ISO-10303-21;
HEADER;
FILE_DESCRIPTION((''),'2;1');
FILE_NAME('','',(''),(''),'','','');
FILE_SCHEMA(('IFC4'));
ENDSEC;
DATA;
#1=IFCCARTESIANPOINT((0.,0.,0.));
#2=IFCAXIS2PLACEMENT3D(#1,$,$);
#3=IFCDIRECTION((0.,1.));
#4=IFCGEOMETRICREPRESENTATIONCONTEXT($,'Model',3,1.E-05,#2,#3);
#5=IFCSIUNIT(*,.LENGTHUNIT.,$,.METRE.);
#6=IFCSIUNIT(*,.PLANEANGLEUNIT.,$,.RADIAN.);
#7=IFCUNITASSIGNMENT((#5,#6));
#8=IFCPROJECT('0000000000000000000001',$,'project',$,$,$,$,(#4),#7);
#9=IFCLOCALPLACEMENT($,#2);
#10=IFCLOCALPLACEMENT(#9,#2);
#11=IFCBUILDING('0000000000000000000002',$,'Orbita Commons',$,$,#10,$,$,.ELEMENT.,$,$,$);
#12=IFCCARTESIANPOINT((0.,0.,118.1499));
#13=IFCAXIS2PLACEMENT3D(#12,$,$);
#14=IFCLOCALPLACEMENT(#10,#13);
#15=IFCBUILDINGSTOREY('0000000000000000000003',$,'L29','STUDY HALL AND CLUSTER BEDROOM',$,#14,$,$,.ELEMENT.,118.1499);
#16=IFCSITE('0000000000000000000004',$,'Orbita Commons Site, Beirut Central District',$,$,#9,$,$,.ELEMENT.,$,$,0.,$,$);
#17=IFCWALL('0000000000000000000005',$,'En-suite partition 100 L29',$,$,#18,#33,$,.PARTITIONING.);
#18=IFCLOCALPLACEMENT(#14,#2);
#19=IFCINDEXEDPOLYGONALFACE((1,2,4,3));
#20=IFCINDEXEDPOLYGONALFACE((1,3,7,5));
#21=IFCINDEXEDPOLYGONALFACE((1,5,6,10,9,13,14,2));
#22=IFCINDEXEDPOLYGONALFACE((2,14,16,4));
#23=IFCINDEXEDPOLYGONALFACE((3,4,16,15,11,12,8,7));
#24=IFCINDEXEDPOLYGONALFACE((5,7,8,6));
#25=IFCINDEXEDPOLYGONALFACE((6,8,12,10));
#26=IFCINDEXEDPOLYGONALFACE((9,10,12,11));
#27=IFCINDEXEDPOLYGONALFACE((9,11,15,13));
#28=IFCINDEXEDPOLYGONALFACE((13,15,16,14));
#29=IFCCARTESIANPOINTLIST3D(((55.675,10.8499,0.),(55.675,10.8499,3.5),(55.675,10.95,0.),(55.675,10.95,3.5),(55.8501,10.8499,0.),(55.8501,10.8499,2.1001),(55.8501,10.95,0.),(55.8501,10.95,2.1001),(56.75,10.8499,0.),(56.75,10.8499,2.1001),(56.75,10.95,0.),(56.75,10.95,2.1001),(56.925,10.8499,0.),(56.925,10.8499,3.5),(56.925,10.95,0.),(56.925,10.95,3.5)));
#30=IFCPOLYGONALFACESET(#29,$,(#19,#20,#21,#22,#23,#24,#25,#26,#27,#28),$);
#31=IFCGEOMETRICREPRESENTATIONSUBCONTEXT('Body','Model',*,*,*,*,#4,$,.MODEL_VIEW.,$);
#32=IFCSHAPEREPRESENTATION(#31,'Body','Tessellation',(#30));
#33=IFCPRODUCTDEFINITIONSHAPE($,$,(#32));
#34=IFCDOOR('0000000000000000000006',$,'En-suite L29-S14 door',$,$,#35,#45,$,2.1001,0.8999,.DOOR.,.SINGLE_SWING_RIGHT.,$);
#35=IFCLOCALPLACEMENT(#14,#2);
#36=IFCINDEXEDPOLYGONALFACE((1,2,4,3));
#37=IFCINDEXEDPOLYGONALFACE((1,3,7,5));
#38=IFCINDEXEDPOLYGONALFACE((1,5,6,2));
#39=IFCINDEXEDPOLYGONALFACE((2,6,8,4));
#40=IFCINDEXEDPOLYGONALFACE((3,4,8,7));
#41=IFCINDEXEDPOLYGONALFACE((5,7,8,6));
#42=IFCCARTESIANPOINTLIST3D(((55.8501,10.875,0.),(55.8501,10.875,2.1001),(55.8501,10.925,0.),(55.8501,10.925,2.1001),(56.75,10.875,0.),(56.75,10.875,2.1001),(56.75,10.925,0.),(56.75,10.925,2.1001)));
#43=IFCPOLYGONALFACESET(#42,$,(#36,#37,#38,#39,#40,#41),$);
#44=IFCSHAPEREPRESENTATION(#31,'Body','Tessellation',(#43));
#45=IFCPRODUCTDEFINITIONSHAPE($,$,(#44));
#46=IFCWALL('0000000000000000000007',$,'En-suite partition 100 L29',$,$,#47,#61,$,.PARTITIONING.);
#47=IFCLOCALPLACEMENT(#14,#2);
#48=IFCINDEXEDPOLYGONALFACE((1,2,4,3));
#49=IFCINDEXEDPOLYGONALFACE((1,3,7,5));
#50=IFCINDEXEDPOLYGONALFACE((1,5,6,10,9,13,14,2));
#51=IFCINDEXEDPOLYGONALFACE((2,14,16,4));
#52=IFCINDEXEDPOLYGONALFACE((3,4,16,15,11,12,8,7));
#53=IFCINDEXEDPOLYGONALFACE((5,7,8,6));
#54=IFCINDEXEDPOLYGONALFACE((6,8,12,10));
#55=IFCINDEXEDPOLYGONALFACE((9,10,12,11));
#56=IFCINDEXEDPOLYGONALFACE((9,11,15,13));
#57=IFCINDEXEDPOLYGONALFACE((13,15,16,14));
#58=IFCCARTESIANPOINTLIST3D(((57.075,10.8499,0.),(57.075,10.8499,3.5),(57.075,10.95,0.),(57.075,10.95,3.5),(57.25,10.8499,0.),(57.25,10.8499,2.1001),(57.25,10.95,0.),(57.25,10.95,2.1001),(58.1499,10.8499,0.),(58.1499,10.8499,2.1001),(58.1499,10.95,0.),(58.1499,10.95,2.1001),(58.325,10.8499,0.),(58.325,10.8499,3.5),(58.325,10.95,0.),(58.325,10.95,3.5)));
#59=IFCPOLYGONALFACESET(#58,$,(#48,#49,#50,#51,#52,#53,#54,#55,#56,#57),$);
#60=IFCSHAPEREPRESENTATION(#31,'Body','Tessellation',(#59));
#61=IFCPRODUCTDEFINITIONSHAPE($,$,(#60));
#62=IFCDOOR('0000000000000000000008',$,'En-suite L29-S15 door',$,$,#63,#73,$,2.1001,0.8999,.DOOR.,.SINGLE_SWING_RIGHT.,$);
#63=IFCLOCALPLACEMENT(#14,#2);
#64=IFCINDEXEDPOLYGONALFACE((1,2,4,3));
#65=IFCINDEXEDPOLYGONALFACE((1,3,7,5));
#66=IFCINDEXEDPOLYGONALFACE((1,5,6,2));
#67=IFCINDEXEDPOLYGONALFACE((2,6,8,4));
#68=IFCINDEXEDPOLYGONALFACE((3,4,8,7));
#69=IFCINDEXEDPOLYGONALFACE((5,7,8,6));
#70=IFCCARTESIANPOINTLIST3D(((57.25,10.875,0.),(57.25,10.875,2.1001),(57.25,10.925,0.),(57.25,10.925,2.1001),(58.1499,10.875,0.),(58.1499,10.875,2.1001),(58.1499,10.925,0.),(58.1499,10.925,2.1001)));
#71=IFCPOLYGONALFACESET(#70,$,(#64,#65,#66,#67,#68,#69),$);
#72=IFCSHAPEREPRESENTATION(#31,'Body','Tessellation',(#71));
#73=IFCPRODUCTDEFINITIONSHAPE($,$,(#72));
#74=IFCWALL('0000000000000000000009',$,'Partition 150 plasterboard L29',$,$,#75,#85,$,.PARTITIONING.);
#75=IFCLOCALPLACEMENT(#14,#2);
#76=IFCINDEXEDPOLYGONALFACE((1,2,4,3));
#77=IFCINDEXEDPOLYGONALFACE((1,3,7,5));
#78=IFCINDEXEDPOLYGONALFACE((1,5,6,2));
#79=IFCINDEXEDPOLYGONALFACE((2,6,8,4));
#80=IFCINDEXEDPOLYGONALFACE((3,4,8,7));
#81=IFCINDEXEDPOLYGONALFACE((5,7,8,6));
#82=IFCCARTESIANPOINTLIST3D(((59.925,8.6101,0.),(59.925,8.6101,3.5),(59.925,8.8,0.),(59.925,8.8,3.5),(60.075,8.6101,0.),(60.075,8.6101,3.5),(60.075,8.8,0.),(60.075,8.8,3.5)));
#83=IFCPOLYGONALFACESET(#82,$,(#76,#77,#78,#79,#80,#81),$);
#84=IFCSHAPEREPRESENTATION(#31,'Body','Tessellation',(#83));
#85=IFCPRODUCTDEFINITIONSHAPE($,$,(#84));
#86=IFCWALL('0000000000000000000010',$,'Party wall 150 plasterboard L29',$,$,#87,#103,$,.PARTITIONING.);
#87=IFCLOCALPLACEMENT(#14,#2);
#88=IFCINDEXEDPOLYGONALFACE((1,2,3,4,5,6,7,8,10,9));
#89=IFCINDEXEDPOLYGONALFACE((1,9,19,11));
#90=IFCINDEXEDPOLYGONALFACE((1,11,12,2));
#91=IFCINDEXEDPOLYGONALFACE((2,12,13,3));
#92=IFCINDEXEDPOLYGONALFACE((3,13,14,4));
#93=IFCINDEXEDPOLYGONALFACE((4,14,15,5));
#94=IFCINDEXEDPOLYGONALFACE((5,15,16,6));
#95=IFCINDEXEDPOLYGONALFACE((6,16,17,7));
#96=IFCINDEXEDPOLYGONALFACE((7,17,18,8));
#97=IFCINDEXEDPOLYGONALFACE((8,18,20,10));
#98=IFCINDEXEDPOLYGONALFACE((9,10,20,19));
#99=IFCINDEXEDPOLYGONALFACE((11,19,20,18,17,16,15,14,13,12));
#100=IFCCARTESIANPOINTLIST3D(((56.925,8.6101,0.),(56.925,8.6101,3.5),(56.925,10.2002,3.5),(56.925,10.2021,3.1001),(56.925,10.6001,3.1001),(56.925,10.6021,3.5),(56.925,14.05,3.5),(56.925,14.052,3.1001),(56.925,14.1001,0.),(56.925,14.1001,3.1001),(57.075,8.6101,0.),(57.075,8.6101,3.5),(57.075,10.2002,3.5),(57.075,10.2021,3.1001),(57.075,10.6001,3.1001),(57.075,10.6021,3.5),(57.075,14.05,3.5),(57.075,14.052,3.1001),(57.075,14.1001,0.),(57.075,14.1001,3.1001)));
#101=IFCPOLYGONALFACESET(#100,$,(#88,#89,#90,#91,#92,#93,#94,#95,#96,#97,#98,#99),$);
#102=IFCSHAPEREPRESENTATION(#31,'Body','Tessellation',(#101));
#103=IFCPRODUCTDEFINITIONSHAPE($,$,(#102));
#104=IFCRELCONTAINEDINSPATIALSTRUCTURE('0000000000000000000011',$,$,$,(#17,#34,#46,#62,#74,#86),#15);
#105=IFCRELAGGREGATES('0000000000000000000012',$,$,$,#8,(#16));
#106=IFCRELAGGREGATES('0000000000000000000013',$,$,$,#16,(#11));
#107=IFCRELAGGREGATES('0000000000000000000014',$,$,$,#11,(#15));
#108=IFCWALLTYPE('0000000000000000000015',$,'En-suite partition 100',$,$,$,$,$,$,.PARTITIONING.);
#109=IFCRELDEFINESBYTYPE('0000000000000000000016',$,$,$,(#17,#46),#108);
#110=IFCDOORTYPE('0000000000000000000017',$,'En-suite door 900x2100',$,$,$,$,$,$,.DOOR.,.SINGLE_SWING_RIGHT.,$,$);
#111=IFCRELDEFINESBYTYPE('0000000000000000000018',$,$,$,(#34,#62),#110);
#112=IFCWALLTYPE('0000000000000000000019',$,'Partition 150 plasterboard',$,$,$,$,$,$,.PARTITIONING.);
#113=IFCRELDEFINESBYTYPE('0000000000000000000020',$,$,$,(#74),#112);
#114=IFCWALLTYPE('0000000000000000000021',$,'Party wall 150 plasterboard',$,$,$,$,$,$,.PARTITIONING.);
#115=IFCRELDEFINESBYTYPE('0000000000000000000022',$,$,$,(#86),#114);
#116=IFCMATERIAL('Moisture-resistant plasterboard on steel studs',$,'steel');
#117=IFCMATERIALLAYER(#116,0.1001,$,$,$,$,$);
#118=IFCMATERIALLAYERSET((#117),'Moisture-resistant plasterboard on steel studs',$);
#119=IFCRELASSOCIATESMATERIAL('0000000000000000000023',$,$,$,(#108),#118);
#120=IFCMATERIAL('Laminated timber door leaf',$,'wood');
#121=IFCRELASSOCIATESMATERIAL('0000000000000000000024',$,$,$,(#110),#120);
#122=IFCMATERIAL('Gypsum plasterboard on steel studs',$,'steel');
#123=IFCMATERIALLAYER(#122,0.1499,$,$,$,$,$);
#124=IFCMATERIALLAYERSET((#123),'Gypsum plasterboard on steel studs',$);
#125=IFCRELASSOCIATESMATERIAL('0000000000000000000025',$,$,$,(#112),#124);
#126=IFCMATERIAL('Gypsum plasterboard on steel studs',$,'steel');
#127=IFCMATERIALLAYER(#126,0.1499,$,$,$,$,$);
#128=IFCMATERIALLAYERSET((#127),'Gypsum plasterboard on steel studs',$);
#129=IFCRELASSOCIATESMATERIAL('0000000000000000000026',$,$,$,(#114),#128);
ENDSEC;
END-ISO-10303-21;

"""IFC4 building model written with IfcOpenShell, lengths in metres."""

from ifc_helpers import new_model, si_unit, direction, frame, frame_2d, origin, place, context, subcontext, project, spatial, polyline, rectangle, outline, extrude, material, layer, layer_set, type_object, element, fill, save


model = new_model("IFC4")

# Units and contexts
model_context = context("Model", 3, precision=1e-05, world=origin(), true_north=direction((0.0, 1.0)))
body_context = subcontext(model_context, "Body", "Model", "MODEL_VIEW")
ifc_project = project(units=[si_unit("LENGTHUNIT", "METRE"), si_unit("PLANEANGLEUNIT", "RADIAN")], contexts=[model_context])

# Site, building, storey
site_placement = place(None, origin())
site = spatial("IfcSite", under=ifc_project, at=site_placement, Name="Orbita Commons Site, Beirut Central District", CompositionType="ELEMENT", RefElevation=0.0)
building_placement = place(site_placement, origin())
building = spatial("IfcBuilding", under=site, at=building_placement, Name="Orbita Commons", CompositionType="ELEMENT")
storey_placement = place(building_placement, frame((0.0, 0.0, 118.1499)))
storey = spatial("IfcBuildingStorey", under=building, at=storey_placement, Name="L29", Description="STUDY HALL AND CLUSTER BEDROOM", CompositionType="ELEMENT", Elevation=118.1499)

# Walls, openings, doors
ifc_material_1 = material(Name="Moisture-resistant plasterboard on steel studs", Category="steel")
ifc_layer_1 = layer(ifc_material_1, 0.1001)
ifc_layer_set_1 = layer_set([ifc_layer_1], Name="Moisture-resistant plasterboard on steel studs")
wall_type_1 = type_object("IfcWallType", Name="En-suite partition 100", PredefinedType="PARTITIONING", material=ifc_layer_set_1)
wall_1_placement = place(storey_placement, frame((56.925, 10.8999, 0.0), z_axis=(0.0, 0.0, 1.0), x_axis=(-1.0, 0.0, 0.0)))
wall_1 = element("IfcWall", 1, at=wall_1_placement, inside=storey, type_object=wall_type_1, Name="En-suite partition 100 L29", PredefinedType="PARTITIONING", context=body_context, shape_type="SweptSolid", body=[
    extrude(rectangle(XDim=1.25, YDim=0.1001, at=frame_2d((0.625, 0.0))), origin(), (0.0, 0.0, 1.0), 3.5),
])
opening_1_placement = place(wall_1_placement, frame((0.175, 0.0, 0.0)))
opening_1 = element("IfcOpeningElement", 2, at=opening_1_placement, cuts=wall_1, PredefinedType="OPENING", context=body_context, shape_type="SweptSolid", body=[
    extrude(rectangle(XDim=0.8999, YDim=2.1001, at=frame_2d((0.45, 1.05))), frame((0.0, 0.0601, 0.0), z_axis=(0.0, -1.0, 0.0), x_axis=(1.0, 0.0, 0.0)), (0.0, 0.0, 1.0), 0.1201),
])
ifc_material_2 = material(Name="Laminated timber door leaf", Category="wood")
door_type = type_object("IfcDoorType", Name="En-suite door 900x2100", OperationType="SINGLE_SWING_RIGHT", PredefinedType="DOOR", material=ifc_material_2)
door_1_placement = place(opening_1_placement, origin())
door_1 = element("IfcDoor", 3, at=door_1_placement, inside=storey, type_object=door_type, Name="En-suite L29-S14 door", OperationType="SINGLE_SWING_RIGHT", OverallHeight=2.1001, OverallWidth=0.8999, PredefinedType="DOOR", context=body_context, shape_type="SweptSolid", body=[
    extrude(rectangle(XDim=0.8999, YDim=2.1001, at=frame_2d((0.45, 1.05))), frame((0.0, 0.0249, 0.0), z_axis=(0.0, -1.0, 0.0), x_axis=(1.0, 0.0, 0.0)), (0.0, 0.0, 1.0), 0.05),
])
fill(opening_1, door_1)
wall_2_placement = place(storey_placement, frame((58.325, 10.8999, 0.0), z_axis=(0.0, 0.0, 1.0), x_axis=(-1.0, 0.0, 0.0)))
wall_2 = element("IfcWall", 4, at=wall_2_placement, inside=storey, type_object=wall_type_1, Name="En-suite partition 100 L29", PredefinedType="PARTITIONING", context=body_context, shape_type="SweptSolid", body=[
    extrude(rectangle(XDim=1.25, YDim=0.1001, at=frame_2d((0.625, 0.0))), origin(), (0.0, 0.0, 1.0), 3.5),
])
opening_2_placement = place(wall_2_placement, frame((0.175, 0.0, 0.0)))
opening_2 = element("IfcOpeningElement", 5, at=opening_2_placement, cuts=wall_2, PredefinedType="OPENING", context=body_context, shape_type="SweptSolid", body=[
    extrude(rectangle(XDim=0.8999, YDim=2.1001, at=frame_2d((0.45, 1.05))), frame((0.0, 0.0601, 0.0), z_axis=(0.0, -1.0, 0.0), x_axis=(1.0, 0.0, 0.0)), (0.0, 0.0, 1.0), 0.1201),
])
door_2_placement = place(opening_2_placement, origin())
door_2 = element("IfcDoor", 6, at=door_2_placement, inside=storey, type_object=door_type, Name="En-suite L29-S15 door", OperationType="SINGLE_SWING_RIGHT", OverallHeight=2.1001, OverallWidth=0.8999, PredefinedType="DOOR", context=body_context, shape_type="SweptSolid", body=[
    extrude(rectangle(XDim=0.8999, YDim=2.1001, at=frame_2d((0.45, 1.05))), frame((0.0, 0.0249, 0.0), z_axis=(0.0, -1.0, 0.0), x_axis=(1.0, 0.0, 0.0)), (0.0, 0.0, 1.0), 0.05),
])
fill(opening_2, door_2)

# Walls
ifc_material_3 = material(Name="Gypsum plasterboard on steel studs", Category="steel")
ifc_layer_2 = layer(ifc_material_3, 0.1499)
ifc_layer_set_2 = layer_set([ifc_layer_2], Name="Gypsum plasterboard on steel studs")
wall_type_2 = type_object("IfcWallType", Name="Partition 150 plasterboard", PredefinedType="PARTITIONING", material=ifc_layer_set_2)
wall_3_placement = place(storey_placement, frame((60.0, 8.8, 0.0), z_axis=(0.0, 0.0, 1.0), x_axis=(0.0, -1.0, 0.0)))
element("IfcWall", 7, at=wall_3_placement, inside=storey, type_object=wall_type_2, Name="Partition 150 plasterboard L29", PredefinedType="PARTITIONING", context=body_context, shape_type="SweptSolid", body=[
    extrude(rectangle(XDim=0.1899, YDim=0.1499, at=frame_2d((0.095, 0.0))), origin(), (0.0, 0.0, 1.0), 3.5),
])
ifc_material_4 = material(Name="Gypsum plasterboard on steel studs", Category="steel")
ifc_layer_3 = layer(ifc_material_4, 0.1499)
ifc_layer_set_3 = layer_set([ifc_layer_3], Name="Gypsum plasterboard on steel studs")
wall_type_3 = type_object("IfcWallType", Name="Party wall 150 plasterboard", PredefinedType="PARTITIONING", material=ifc_layer_set_3)
wall_4_placement = place(storey_placement, frame((57.0, 8.6101, 0.0), z_axis=(0.0, 0.0, 1.0), x_axis=(0.0, 1.0, 0.0)))
element("IfcWall", 8, at=wall_4_placement, inside=storey, type_object=wall_type_3, Name="Party wall 150 plasterboard L29", PredefinedType="PARTITIONING", context=body_context, shape_type="SweptSolid", body=[
    extrude(outline(polyline([(0.0, 0.0), (5.49, 0.0), (5.49, 3.1001), (5.4419, 3.1001), (5.4399, 3.5), (1.9919, 3.5), (1.99, 3.1001), (1.592, 3.1001), (1.5901, 3.5), (0.0, 3.5), (0.0, 0.0)])), frame((0.0, 0.075, 0.0), z_axis=(0.0, -1.0, 0.0), x_axis=(1.0, 0.0, 0.0)), (0.0, 0.0, 1.0), 0.1499),
])

save(model, "model.ifc")
